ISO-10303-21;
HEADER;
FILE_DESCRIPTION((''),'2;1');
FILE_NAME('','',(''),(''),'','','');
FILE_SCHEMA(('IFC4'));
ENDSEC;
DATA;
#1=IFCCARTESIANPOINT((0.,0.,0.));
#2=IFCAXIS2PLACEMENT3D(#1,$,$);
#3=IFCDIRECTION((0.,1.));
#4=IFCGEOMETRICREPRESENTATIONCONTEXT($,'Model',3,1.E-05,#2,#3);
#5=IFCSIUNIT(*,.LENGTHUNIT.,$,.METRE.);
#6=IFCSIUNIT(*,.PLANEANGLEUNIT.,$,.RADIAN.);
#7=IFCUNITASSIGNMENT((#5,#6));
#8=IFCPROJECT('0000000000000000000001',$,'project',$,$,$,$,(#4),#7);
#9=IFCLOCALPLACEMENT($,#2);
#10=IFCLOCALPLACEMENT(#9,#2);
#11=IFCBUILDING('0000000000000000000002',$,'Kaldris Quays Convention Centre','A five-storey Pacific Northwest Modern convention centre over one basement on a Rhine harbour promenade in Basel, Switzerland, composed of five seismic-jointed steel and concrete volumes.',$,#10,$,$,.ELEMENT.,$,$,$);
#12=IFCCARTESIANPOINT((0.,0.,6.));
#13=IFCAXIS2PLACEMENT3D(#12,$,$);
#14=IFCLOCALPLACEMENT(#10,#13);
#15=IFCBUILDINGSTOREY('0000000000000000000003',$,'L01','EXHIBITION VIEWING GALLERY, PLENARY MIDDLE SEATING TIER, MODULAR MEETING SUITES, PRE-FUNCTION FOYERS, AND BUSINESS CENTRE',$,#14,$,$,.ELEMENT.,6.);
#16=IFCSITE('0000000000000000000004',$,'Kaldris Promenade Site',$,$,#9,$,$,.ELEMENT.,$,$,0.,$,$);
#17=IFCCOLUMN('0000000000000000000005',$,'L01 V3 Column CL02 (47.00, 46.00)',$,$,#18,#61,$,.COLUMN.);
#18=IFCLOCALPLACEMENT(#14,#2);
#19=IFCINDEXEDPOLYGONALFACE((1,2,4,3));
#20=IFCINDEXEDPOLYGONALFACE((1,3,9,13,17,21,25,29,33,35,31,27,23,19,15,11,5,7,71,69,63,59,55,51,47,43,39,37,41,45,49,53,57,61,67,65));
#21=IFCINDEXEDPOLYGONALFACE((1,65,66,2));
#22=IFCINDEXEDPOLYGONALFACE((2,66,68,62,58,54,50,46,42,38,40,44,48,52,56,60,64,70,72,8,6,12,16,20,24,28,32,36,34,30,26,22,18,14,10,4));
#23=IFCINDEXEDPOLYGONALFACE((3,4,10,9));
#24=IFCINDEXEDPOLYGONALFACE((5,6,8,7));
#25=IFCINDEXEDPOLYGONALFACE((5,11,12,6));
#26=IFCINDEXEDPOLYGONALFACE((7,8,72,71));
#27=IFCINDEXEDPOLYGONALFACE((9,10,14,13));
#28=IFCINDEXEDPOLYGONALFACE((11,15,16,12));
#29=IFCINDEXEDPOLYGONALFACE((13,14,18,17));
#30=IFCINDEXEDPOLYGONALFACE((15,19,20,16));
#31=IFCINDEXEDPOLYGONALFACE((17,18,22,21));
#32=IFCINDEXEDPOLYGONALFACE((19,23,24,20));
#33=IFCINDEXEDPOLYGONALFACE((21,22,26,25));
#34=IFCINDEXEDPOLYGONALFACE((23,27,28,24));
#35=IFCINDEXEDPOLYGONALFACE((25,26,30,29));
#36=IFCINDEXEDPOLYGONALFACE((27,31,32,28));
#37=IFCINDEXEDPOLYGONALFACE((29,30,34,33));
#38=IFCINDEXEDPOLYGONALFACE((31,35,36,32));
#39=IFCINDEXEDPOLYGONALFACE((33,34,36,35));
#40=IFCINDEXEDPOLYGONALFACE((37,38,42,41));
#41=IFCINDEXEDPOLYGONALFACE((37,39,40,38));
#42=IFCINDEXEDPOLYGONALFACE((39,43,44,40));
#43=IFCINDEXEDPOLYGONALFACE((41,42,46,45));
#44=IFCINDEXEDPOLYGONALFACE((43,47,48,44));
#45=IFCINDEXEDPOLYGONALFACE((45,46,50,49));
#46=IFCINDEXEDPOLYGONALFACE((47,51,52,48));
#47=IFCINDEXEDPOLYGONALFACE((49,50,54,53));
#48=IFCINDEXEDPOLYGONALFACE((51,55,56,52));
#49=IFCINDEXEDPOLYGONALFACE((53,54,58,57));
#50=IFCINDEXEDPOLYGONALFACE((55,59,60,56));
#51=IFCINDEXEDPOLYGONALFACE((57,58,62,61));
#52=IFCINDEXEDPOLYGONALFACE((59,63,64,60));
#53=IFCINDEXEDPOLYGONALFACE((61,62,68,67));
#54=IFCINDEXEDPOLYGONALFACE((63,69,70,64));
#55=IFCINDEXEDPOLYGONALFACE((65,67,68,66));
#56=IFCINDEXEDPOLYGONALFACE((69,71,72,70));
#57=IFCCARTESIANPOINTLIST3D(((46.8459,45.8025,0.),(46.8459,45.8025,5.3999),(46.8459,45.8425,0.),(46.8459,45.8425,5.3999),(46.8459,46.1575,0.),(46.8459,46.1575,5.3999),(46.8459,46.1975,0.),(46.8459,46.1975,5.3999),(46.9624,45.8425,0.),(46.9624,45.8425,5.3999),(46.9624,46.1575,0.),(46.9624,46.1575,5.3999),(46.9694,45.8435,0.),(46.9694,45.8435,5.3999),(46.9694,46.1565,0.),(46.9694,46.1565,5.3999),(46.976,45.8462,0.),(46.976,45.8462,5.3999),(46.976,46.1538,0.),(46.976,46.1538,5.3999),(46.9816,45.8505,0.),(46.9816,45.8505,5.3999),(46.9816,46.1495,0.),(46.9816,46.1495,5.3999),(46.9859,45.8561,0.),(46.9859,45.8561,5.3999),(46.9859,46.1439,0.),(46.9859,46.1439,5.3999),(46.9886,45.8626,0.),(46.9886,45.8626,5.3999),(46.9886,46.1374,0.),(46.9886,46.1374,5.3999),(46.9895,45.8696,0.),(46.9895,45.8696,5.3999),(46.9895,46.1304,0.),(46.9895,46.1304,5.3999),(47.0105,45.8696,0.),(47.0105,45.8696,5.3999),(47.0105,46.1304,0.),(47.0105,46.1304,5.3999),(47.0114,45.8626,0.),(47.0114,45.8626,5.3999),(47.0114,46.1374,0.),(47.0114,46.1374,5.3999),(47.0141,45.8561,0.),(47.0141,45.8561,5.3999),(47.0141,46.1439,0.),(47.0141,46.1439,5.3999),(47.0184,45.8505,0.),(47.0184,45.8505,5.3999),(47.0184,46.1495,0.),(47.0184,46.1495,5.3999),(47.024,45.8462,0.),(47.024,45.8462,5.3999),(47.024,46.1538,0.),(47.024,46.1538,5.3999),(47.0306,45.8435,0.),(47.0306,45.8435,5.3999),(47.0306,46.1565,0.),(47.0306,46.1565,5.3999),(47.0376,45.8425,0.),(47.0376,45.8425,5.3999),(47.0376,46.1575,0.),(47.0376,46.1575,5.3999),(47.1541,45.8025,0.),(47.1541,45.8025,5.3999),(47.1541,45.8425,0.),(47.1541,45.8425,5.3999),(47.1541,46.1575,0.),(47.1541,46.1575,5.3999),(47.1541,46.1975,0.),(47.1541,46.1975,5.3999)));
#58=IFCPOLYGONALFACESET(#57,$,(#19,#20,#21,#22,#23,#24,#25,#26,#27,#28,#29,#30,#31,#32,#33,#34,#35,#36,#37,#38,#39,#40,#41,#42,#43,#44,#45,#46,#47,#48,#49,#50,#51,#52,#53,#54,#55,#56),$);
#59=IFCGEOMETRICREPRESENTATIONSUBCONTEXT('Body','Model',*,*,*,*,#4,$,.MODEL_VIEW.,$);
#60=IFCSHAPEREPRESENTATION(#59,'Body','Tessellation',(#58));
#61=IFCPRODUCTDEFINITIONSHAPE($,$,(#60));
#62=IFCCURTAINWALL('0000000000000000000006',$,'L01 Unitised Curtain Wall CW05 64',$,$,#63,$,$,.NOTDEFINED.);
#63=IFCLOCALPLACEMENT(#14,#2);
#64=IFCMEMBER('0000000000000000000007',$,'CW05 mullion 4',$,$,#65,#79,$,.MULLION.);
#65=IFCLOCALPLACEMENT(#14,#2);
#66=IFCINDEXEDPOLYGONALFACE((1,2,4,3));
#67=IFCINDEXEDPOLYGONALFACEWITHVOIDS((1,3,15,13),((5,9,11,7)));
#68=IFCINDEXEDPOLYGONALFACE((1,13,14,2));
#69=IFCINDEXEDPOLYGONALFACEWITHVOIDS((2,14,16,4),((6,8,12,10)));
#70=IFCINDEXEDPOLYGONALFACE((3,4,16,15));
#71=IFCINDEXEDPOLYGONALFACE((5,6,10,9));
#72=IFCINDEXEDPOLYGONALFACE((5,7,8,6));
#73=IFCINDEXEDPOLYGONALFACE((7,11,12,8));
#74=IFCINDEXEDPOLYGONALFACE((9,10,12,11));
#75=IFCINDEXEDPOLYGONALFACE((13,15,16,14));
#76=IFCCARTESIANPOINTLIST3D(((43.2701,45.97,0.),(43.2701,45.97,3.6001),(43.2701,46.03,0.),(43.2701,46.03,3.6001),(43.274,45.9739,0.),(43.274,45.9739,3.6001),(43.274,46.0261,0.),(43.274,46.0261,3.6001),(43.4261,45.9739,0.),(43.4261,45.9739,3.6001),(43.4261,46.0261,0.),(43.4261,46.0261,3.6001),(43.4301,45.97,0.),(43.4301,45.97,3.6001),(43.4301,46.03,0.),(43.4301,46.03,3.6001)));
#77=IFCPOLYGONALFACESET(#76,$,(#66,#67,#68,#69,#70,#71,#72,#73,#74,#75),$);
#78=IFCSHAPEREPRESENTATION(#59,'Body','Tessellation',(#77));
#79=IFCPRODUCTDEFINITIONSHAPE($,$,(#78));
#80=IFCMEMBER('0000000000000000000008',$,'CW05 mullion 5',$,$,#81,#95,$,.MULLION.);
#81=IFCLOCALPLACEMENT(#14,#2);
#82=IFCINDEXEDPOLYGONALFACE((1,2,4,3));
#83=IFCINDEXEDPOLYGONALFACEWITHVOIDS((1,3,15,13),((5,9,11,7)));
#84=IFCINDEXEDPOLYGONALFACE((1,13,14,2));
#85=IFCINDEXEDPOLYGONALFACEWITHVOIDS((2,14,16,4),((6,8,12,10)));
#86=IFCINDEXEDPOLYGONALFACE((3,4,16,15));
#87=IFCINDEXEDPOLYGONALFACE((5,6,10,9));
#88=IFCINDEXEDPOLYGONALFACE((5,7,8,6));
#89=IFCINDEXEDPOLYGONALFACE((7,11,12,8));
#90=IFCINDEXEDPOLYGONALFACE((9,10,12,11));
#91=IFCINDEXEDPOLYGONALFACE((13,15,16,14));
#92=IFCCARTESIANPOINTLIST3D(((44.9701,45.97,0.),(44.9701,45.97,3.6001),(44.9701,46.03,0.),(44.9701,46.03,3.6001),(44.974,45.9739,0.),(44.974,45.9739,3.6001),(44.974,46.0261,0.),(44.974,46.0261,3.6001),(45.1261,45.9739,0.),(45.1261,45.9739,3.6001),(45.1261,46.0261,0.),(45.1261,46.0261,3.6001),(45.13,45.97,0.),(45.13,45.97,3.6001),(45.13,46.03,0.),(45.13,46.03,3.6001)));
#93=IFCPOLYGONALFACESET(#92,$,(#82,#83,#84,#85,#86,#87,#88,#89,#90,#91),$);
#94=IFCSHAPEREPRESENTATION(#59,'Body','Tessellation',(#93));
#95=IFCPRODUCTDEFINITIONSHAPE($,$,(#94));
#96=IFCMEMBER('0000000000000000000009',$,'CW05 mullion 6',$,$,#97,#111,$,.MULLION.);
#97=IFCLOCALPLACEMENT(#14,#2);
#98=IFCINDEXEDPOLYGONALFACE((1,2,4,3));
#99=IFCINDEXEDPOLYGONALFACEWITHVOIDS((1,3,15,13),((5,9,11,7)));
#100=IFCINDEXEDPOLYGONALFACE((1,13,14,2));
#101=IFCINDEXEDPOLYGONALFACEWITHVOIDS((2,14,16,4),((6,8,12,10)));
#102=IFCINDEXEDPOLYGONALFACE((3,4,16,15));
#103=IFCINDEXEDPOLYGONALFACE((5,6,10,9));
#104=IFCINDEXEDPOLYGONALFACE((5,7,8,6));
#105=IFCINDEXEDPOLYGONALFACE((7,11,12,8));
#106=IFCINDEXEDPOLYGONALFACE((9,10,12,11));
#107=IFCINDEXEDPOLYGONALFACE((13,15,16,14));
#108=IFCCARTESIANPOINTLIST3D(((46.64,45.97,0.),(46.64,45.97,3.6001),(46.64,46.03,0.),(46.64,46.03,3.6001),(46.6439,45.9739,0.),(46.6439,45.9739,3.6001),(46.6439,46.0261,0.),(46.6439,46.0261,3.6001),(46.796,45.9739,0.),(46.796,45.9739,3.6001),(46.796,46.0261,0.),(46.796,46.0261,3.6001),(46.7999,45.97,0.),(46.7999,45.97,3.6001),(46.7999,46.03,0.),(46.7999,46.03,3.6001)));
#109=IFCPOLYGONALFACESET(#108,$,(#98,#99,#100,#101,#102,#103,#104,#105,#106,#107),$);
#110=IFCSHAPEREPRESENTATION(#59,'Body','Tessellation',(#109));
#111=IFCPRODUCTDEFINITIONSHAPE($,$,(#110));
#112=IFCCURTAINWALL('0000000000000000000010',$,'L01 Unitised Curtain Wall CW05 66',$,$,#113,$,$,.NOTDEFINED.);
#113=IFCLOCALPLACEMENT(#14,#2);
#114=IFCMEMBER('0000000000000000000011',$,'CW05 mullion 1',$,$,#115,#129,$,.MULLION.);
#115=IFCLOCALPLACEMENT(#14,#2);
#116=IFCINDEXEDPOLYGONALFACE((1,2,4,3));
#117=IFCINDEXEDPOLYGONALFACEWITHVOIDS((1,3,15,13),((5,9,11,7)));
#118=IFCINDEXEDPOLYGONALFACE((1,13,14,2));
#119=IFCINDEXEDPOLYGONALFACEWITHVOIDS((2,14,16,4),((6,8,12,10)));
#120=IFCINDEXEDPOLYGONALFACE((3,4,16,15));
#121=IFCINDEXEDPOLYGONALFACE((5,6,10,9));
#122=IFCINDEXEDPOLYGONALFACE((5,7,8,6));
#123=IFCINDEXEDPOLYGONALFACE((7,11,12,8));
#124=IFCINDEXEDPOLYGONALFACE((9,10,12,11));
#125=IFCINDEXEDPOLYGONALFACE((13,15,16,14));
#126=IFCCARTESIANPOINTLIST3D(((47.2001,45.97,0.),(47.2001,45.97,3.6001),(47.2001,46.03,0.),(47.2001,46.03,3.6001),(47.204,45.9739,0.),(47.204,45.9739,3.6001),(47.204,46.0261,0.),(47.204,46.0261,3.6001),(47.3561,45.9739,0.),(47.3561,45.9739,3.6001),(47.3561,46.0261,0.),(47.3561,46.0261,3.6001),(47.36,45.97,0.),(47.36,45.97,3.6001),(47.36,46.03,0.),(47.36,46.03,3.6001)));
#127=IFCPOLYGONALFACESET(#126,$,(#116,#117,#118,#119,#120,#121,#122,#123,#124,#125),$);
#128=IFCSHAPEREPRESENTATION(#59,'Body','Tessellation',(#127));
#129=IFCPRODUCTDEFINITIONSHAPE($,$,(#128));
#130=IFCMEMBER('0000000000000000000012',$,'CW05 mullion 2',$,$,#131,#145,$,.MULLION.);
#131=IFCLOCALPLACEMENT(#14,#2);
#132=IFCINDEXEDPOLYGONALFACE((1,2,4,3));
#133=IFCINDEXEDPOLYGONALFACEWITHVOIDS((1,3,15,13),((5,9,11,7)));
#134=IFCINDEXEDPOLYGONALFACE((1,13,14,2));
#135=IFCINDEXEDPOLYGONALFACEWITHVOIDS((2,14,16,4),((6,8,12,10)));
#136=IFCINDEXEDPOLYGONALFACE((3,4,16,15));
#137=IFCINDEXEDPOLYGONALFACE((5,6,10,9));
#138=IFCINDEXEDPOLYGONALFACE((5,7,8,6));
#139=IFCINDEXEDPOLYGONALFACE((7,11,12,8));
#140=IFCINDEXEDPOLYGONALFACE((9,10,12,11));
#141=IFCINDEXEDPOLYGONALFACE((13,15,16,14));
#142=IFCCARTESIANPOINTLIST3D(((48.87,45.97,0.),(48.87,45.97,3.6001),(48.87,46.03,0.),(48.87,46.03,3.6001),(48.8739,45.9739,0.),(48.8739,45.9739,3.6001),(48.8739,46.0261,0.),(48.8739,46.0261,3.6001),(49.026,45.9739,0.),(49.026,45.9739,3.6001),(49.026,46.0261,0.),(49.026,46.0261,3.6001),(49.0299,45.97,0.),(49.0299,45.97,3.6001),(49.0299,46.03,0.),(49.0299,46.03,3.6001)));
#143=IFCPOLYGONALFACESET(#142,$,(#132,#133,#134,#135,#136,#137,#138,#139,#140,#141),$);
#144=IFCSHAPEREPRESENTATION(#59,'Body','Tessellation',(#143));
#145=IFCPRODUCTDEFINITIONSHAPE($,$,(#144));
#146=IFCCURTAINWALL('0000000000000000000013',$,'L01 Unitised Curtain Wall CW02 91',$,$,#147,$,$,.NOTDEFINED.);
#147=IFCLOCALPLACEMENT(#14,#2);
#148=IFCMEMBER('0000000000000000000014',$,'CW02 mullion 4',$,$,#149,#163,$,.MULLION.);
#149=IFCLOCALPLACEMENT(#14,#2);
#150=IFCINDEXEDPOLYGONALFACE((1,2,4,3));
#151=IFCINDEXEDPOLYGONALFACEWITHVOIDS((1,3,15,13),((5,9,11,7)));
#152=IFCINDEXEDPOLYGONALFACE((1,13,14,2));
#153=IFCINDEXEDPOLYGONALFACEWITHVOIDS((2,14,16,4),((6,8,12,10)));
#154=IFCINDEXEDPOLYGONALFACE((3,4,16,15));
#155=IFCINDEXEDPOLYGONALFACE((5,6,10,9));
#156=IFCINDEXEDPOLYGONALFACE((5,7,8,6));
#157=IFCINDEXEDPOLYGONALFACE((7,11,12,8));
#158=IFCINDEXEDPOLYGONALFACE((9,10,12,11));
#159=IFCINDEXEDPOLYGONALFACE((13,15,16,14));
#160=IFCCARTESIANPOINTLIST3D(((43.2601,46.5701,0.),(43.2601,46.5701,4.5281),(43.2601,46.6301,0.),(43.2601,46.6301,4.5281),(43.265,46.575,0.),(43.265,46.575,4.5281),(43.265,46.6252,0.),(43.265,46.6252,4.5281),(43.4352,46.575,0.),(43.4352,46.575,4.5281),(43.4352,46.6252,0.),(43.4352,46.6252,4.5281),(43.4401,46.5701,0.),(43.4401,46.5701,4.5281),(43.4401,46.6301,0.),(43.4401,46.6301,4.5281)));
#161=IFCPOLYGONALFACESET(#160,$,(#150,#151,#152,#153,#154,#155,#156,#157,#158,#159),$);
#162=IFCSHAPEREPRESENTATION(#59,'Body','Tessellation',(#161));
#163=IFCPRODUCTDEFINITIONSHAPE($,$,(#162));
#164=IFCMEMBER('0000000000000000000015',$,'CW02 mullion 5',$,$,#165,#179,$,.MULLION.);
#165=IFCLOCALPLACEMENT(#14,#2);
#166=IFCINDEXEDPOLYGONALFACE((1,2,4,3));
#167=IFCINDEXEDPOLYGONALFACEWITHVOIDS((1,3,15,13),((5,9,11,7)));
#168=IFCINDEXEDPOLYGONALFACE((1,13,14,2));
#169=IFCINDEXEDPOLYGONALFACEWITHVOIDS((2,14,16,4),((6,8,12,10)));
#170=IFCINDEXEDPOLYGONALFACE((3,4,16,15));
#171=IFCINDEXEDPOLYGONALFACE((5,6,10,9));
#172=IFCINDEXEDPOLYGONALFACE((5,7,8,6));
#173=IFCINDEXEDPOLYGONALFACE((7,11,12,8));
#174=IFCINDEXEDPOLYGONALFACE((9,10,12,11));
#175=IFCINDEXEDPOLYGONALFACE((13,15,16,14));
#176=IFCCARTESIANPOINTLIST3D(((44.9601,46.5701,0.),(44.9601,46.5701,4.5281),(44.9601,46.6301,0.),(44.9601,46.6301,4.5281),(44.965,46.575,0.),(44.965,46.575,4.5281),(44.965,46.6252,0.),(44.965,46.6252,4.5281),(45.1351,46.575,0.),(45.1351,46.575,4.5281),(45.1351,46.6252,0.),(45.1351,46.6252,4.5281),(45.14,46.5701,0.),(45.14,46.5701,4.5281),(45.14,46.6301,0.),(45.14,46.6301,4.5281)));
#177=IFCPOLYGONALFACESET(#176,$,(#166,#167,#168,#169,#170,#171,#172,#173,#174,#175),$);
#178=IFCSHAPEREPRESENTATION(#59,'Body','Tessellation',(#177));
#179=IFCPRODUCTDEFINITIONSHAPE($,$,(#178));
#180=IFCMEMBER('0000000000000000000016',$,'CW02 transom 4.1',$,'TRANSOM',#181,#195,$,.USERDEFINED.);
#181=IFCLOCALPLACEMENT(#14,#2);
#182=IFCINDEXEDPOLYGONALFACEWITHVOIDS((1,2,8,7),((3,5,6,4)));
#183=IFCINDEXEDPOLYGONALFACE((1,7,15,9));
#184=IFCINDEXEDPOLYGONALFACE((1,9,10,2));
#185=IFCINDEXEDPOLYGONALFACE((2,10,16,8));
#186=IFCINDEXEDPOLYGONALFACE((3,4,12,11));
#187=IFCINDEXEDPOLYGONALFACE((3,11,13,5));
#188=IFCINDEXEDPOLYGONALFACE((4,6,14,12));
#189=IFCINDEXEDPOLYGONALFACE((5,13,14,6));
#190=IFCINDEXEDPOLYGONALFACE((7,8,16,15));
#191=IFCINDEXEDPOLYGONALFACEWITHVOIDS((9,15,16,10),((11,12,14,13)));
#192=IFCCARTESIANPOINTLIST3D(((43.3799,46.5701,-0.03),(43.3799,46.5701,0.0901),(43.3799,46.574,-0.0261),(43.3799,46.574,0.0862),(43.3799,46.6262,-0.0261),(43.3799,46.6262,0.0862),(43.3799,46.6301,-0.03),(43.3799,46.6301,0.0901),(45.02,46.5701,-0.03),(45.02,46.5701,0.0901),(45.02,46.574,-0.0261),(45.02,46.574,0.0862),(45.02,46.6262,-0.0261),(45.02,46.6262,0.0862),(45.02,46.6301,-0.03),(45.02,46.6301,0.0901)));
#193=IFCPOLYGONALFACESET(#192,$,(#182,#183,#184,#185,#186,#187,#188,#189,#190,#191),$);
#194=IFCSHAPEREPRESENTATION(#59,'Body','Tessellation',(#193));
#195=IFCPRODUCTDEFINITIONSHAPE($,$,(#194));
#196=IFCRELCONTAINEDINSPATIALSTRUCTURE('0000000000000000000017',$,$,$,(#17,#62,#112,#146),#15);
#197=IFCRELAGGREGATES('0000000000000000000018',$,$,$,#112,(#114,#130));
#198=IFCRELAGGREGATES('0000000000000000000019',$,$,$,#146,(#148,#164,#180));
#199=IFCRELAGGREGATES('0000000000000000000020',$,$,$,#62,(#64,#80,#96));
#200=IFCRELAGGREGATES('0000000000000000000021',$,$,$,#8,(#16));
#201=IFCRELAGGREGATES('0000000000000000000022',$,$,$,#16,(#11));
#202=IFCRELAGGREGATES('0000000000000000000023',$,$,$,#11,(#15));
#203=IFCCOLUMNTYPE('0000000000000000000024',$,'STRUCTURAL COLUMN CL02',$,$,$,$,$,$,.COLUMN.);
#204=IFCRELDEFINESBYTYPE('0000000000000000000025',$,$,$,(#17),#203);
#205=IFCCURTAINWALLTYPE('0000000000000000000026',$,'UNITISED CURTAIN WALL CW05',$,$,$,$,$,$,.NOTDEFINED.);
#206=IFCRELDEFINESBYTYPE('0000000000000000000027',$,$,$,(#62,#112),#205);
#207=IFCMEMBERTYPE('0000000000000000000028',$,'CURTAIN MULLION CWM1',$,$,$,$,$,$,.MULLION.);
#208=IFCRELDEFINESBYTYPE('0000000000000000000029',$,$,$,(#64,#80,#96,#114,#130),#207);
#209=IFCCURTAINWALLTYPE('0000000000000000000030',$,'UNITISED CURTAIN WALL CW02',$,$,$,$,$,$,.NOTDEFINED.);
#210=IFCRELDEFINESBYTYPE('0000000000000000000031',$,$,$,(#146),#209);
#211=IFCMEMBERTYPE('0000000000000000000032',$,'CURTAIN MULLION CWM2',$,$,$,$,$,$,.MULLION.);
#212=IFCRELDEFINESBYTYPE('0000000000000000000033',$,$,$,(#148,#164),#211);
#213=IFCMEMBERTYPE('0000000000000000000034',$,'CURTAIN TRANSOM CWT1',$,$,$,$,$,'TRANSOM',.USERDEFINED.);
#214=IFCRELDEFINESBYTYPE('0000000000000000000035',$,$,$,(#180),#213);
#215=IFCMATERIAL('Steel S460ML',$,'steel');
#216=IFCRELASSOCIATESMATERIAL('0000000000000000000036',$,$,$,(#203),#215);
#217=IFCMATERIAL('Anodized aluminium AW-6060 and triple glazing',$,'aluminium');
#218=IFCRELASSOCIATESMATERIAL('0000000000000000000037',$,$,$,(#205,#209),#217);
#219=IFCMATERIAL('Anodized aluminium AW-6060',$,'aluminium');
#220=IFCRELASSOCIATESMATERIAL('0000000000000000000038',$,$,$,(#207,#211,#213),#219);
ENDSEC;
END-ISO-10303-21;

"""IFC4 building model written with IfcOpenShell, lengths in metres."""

from ifc_helpers import new_model, si_unit, direction, frame, origin, origin_2d, place, context, subcontext, project, spatial, hollow_rectangle, i_section, extrude, material, material_profile, profile_set, type_object, element, aggregate, save


model = new_model("IFC4")

# Units and contexts
model_context = context("Model", 3, precision=1e-05, world=origin(), true_north=direction((0.0, 1.0)))
body_context = subcontext(model_context, "Body", "Model", "MODEL_VIEW")
ifc_project = project(units=[si_unit("LENGTHUNIT", "METRE"), si_unit("PLANEANGLEUNIT", "RADIAN")], contexts=[model_context])

# Site, building, storey
site_placement = place(None, origin())
site = spatial("IfcSite", under=ifc_project, at=site_placement, Name="Kaldris Promenade Site", CompositionType="ELEMENT", RefElevation=0.0)
building_placement = place(site_placement, origin())
building = spatial("IfcBuilding", under=site, at=building_placement, Name="Kaldris Quays Convention Centre", Description="A five-storey Pacific Northwest Modern convention centre over one basement on a Rhine harbour promenade in Basel, Switzerland, composed of five seismic-jointed steel and concrete volumes.", CompositionType="ELEMENT")
storey_placement = place(building_placement, frame((0.0, 0.0, 6.0)))
storey = spatial("IfcBuildingStorey", under=building, at=storey_placement, Name="L01", Description="EXHIBITION VIEWING GALLERY, PLENARY MIDDLE SEATING TIER, MODULAR MEETING SUITES, PRE-FUNCTION FOYERS, AND BUSINESS CENTRE", CompositionType="ELEMENT", Elevation=6.0)

# Column
ifc_material_1 = material(Name="Steel S460ML", Category="steel")
ifc_material_profile_1 = material_profile(ifc_material_1, i_section(OverallWidth=0.3081, OverallDepth=0.395, WebThickness=0.021, FlangeThickness=0.04, FilletRadius=0.0271, at=origin_2d()), Name="HEM 360")
ifc_profile_set_1 = profile_set([ifc_material_profile_1], Name="Steel S460ML")
column_type = type_object("IfcColumnType", Name="STRUCTURAL COLUMN CL02", PredefinedType="COLUMN", material=ifc_profile_set_1)
column_placement = place(storey_placement, frame((47.0, 46.0, 0.0), z_axis=(0.0, 0.0, 1.0), x_axis=(1.0, 0.0, 0.0)))
element("IfcColumn", 1, at=column_placement, inside=storey, type_object=column_type, Name="L01 V3 Column CL02 (47.00, 46.00)", PredefinedType="COLUMN", context=body_context, shape_type="SweptSolid", body=[
    extrude(i_section(OverallWidth=0.3081, OverallDepth=0.395, WebThickness=0.021, FlangeThickness=0.04, FilletRadius=0.0271, at=origin_2d()), origin(), (0.0, 0.0, 1.0), 5.3999),
])

# Curtain walls, members
ifc_material_2 = material(Name="Anodized aluminium AW-6060 and triple glazing", Category="aluminium")
curtain_wall_type_1 = type_object("IfcCurtainWallType", Name="UNITISED CURTAIN WALL CW05", PredefinedType="NOTDEFINED", material=ifc_material_2)
curtain_wall_1_placement = place(storey_placement, origin())
curtain_wall_1 = element("IfcCurtainWall", 2, at=curtain_wall_1_placement, inside=storey, type_object=curtain_wall_type_1, Name="L01 Unitised Curtain Wall CW05 64", PredefinedType="NOTDEFINED")
ifc_material_3 = material(Name="Anodized aluminium AW-6060", Category="aluminium")
ifc_material_profile_2 = material_profile(ifc_material_3, hollow_rectangle(XDim=0.0601, YDim=0.1599, WallThickness=0.0039, at=origin_2d()), Name="RHS 160x60x4")
ifc_profile_set_2 = profile_set([ifc_material_profile_2], Name="Anodized aluminium AW-6060")
member_type_1 = type_object("IfcMemberType", Name="CURTAIN MULLION CWM1", PredefinedType="MULLION", material=ifc_profile_set_2)
member_1_placement = place(storey_placement, frame((43.3501, 46.0, 0.0), z_axis=(0.0, 0.0, 1.0), x_axis=(0.0, 1.0, 0.0)))
member_1 = element("IfcMember", 3, at=member_1_placement, type_object=member_type_1, Name="CW05 mullion 4", PredefinedType="MULLION", context=body_context, shape_type="SweptSolid", body=[
    extrude(hollow_rectangle(XDim=0.0601, YDim=0.1599, WallThickness=0.0039, at=origin_2d()), origin(), (0.0, 0.0, 1.0), 3.6001),
])
member_2_placement = place(storey_placement, frame((45.05, 46.0, 0.0), z_axis=(0.0, 0.0, 1.0), x_axis=(0.0, 1.0, 0.0)))
member_2 = element("IfcMember", 4, at=member_2_placement, type_object=member_type_1, Name="CW05 mullion 5", PredefinedType="MULLION", context=body_context, shape_type="SweptSolid", body=[
    extrude(hollow_rectangle(XDim=0.0601, YDim=0.1599, WallThickness=0.0039, at=origin_2d()), origin(), (0.0, 0.0, 1.0), 3.6001),
])
member_3_placement = place(storey_placement, frame((46.72, 46.0, 0.0), z_axis=(0.0, 0.0, 1.0), x_axis=(0.0, 1.0, 0.0)))
member_3 = element("IfcMember", 5, at=member_3_placement, type_object=member_type_1, Name="CW05 mullion 6", PredefinedType="MULLION", context=body_context, shape_type="SweptSolid", body=[
    extrude(hollow_rectangle(XDim=0.0601, YDim=0.1599, WallThickness=0.0039, at=origin_2d()), origin(), (0.0, 0.0, 1.0), 3.6001),
])
curtain_wall_2_placement = place(storey_placement, origin())
curtain_wall_2 = element("IfcCurtainWall", 6, at=curtain_wall_2_placement, inside=storey, type_object=curtain_wall_type_1, Name="L01 Unitised Curtain Wall CW05 66", PredefinedType="NOTDEFINED")
member_4_placement = place(storey_placement, frame((47.28, 46.0, 0.0), z_axis=(0.0, 0.0, 1.0), x_axis=(0.0, 1.0, 0.0)))
member_4 = element("IfcMember", 7, at=member_4_placement, type_object=member_type_1, Name="CW05 mullion 1", PredefinedType="MULLION", context=body_context, shape_type="SweptSolid", body=[
    extrude(hollow_rectangle(XDim=0.0601, YDim=0.1599, WallThickness=0.0039, at=origin_2d()), origin(), (0.0, 0.0, 1.0), 3.6001),
])
member_5_placement = place(storey_placement, frame((48.95, 46.0, 0.0), z_axis=(0.0, 0.0, 1.0), x_axis=(0.0, 1.0, 0.0)))
member_5 = element("IfcMember", 8, at=member_5_placement, type_object=member_type_1, Name="CW05 mullion 2", PredefinedType="MULLION", context=body_context, shape_type="SweptSolid", body=[
    extrude(hollow_rectangle(XDim=0.0601, YDim=0.1599, WallThickness=0.0039, at=origin_2d()), origin(), (0.0, 0.0, 1.0), 3.6001),
])
curtain_wall_type_2 = type_object("IfcCurtainWallType", Name="UNITISED CURTAIN WALL CW02", PredefinedType="NOTDEFINED", material=ifc_material_2)
curtain_wall_3_placement = place(storey_placement, origin())
curtain_wall_3 = element("IfcCurtainWall", 9, at=curtain_wall_3_placement, inside=storey, type_object=curtain_wall_type_2, Name="L01 Unitised Curtain Wall CW02 91", PredefinedType="NOTDEFINED")
ifc_material_profile_3 = material_profile(ifc_material_3, hollow_rectangle(XDim=0.0601, YDim=0.1799, WallThickness=0.0049, at=origin_2d()), Name="RHS 180x60x5")
ifc_profile_set_3 = profile_set([ifc_material_profile_3], Name="Anodized aluminium AW-6060")
member_type_2 = type_object("IfcMemberType", Name="CURTAIN MULLION CWM2", PredefinedType="MULLION", material=ifc_profile_set_3)
member_6_placement = place(storey_placement, frame((43.3501, 46.6001, 0.0), z_axis=(0.0, 0.0, 1.0), x_axis=(0.0, 1.0, 0.0)))
member_6 = element("IfcMember", 10, at=member_6_placement, type_object=member_type_2, Name="CW02 mullion 4", PredefinedType="MULLION", context=body_context, shape_type="SweptSolid", body=[
    extrude(hollow_rectangle(XDim=0.0601, YDim=0.1799, WallThickness=0.0049, at=origin_2d()), origin(), (0.0, 0.0, 1.0), 4.5281),
])
member_7_placement = place(storey_placement, frame((45.05, 46.6001, 0.0), z_axis=(0.0, 0.0, 1.0), x_axis=(0.0, 1.0, 0.0)))
member_7 = element("IfcMember", 11, at=member_7_placement, type_object=member_type_2, Name="CW02 mullion 5", PredefinedType="MULLION", context=body_context, shape_type="SweptSolid", body=[
    extrude(hollow_rectangle(XDim=0.0601, YDim=0.1799, WallThickness=0.0049, at=origin_2d()), origin(), (0.0, 0.0, 1.0), 4.5281),
])
ifc_material_profile_4 = material_profile(ifc_material_3, hollow_rectangle(XDim=0.0601, YDim=0.1201, WallThickness=0.0039, at=origin_2d()), Name="RHS 120x60x4")
ifc_profile_set_4 = profile_set([ifc_material_profile_4], Name="Anodized aluminium AW-6060")
member_type_3 = type_object("IfcMemberType", Name="CURTAIN TRANSOM CWT1", ElementType="TRANSOM", PredefinedType="USERDEFINED", material=ifc_profile_set_4)
member_8_placement = place(storey_placement, frame((43.3799, 46.6001, 0.03), z_axis=(1.0, 0.0, 0.0), x_axis=(0.0, 1.0, 0.0)))
member_8 = element("IfcMember", 12, at=member_8_placement, type_object=member_type_3, Name="CW02 transom 4.1", ObjectType="TRANSOM", PredefinedType="USERDEFINED", context=body_context, shape_type="SweptSolid", body=[
    extrude(hollow_rectangle(XDim=0.0601, YDim=0.1201, WallThickness=0.0039, at=origin_2d()), origin(), (0.0, 0.0, 1.0), 1.6401),
])

aggregate(curtain_wall_2, [member_4, member_5])
aggregate(curtain_wall_3, [member_6, member_7, member_8])
aggregate(curtain_wall_1, [member_1, member_2, member_3])

save(model, "model.ifc")
